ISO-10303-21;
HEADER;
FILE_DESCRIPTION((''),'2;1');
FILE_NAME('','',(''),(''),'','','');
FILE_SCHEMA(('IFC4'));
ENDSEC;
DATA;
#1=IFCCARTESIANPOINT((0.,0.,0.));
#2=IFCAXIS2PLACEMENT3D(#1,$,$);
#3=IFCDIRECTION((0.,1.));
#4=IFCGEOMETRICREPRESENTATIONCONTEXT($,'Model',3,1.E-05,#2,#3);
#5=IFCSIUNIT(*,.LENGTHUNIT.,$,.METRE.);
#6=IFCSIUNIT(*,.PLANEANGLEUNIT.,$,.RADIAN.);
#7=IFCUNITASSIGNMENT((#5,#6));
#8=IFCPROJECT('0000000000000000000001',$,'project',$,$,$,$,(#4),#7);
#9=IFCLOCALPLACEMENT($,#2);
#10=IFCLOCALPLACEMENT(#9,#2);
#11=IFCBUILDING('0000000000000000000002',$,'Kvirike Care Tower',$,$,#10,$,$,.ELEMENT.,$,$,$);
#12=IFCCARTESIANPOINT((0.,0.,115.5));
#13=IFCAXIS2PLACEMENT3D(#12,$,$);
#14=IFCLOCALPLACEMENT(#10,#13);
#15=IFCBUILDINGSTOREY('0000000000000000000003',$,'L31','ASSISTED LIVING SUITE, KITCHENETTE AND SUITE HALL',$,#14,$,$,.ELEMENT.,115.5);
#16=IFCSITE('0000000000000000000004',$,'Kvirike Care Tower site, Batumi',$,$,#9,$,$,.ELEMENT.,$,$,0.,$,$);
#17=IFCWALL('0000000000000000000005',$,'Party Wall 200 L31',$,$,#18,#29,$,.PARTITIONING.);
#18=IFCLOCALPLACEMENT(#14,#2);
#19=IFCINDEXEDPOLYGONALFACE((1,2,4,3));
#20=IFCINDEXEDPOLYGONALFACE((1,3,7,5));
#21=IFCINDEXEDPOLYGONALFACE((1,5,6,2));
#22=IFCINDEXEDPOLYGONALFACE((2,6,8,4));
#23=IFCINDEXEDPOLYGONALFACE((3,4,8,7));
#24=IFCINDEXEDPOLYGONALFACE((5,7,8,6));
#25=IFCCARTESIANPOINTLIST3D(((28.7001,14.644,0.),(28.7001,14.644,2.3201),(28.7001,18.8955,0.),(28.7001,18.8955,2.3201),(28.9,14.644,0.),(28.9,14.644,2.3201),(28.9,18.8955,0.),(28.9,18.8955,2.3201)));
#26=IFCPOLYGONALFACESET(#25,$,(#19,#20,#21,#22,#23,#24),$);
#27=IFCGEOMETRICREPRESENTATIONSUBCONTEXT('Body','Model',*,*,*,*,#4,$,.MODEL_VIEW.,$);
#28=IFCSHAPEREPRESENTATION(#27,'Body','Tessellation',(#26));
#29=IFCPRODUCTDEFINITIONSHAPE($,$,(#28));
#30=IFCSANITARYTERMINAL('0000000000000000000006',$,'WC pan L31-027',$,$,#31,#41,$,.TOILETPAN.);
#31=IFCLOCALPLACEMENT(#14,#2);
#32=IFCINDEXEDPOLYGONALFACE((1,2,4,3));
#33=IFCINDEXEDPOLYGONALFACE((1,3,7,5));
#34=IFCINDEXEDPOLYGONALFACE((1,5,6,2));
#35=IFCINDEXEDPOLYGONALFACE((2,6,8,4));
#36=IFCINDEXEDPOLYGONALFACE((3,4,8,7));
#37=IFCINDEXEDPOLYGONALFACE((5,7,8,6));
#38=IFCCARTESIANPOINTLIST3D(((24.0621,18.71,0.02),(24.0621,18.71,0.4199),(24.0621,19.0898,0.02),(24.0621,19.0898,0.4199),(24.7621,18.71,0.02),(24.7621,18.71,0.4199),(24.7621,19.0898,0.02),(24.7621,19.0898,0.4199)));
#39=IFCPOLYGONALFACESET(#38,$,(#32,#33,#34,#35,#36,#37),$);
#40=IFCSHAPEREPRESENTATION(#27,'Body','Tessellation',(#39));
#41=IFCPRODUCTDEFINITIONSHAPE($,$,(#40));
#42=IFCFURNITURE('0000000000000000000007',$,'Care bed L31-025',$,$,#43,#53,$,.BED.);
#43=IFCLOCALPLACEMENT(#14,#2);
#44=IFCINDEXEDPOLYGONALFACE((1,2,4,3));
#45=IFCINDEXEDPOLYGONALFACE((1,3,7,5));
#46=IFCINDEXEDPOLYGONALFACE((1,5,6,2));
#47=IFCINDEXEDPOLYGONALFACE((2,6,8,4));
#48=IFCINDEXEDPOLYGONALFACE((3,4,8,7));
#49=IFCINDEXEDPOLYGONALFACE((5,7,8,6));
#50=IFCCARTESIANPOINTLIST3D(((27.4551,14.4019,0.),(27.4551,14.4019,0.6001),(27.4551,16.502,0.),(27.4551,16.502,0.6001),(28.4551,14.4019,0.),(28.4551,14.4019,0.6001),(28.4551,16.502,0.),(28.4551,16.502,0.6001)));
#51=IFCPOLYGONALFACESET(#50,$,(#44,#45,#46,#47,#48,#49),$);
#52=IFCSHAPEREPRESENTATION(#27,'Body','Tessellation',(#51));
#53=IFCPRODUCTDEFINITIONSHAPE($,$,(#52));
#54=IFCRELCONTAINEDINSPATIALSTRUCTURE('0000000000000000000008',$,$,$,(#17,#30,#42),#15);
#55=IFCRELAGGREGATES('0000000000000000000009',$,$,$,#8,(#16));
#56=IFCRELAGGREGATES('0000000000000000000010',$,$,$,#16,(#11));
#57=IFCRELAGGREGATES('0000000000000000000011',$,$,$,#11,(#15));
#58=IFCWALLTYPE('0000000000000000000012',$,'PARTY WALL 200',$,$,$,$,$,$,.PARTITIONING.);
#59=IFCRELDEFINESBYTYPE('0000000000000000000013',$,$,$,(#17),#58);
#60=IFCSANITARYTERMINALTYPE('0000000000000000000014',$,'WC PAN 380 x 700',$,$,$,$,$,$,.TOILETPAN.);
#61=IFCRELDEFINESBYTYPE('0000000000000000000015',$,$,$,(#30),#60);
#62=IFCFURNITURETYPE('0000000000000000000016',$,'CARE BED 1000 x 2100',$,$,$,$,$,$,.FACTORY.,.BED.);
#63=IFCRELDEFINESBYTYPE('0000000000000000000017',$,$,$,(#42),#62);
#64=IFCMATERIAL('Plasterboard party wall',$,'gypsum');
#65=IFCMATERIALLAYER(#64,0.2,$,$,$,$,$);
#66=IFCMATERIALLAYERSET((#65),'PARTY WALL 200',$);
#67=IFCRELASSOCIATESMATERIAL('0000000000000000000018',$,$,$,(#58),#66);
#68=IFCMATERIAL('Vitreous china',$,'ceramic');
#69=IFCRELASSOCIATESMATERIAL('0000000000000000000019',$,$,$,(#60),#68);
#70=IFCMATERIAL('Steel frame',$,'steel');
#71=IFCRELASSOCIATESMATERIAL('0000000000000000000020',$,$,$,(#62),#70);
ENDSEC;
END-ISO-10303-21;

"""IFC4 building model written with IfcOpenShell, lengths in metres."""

from ifc_helpers import new_model, si_unit, direction, frame, frame_2d, origin, origin_2d, place, context, subcontext, project, spatial, rectangle, extrude, material, layer, layer_set, type_object, element, save


model = new_model("IFC4")

# Units and contexts
model_context = context("Model", 3, precision=1e-05, world=origin(), true_north=direction((0.0, 1.0)))
body_context = subcontext(model_context, "Body", "Model", "MODEL_VIEW")
ifc_project = project(units=[si_unit("LENGTHUNIT", "METRE"), si_unit("PLANEANGLEUNIT", "RADIAN")], contexts=[model_context])

# Site, building, storey
site_placement = place(None, origin())
site = spatial("IfcSite", under=ifc_project, at=site_placement, Name="Kvirike Care Tower site, Batumi", CompositionType="ELEMENT", RefElevation=0.0)
building_placement = place(site_placement, origin())
building = spatial("IfcBuilding", under=site, at=building_placement, Name="Kvirike Care Tower", CompositionType="ELEMENT")
storey_placement = place(building_placement, frame((0.0, 0.0, 115.5)))
storey = spatial("IfcBuildingStorey", under=building, at=storey_placement, Name="L31", Description="ASSISTED LIVING SUITE, KITCHENETTE AND SUITE HALL", CompositionType="ELEMENT", Elevation=115.5)

# Wall
ifc_material_1 = material(Name="Plasterboard party wall", Category="gypsum")
ifc_layer_1 = layer(ifc_material_1, 0.2)
ifc_layer_set_1 = layer_set([ifc_layer_1], Name="PARTY WALL 200")
wall_type_1 = type_object("IfcWallType", Name="PARTY WALL 200", PredefinedType="PARTITIONING", material=ifc_layer_set_1)
wall_1_placement = place(storey_placement, frame((28.8, 14.644, 0.0), z_axis=(0.0, 0.0, 1.0), x_axis=(0.0, 1.0, 0.0)))
element("IfcWall", 1, at=wall_1_placement, inside=storey, type_object=wall_type_1, Name="Party Wall 200 L31", PredefinedType="PARTITIONING", context=body_context, shape_type="SweptSolid", body=[
    extrude(rectangle(XDim=4.2515, YDim=0.2, at=frame_2d((2.1257, 0.0))), origin(), (0.0, 0.0, 1.0), 2.3201),
])

# Sanitary terminal
ifc_material_2 = material(Name="Vitreous china", Category="ceramic")
sanitary_terminal_type = type_object("IfcSanitaryTerminalType", Name="WC PAN 380 x 700", PredefinedType="TOILETPAN", material=ifc_material_2)
sanitary_terminal_placement = place(storey_placement, frame((24.4121, 18.8999, 0.02), z_axis=(0.0, 0.0, 1.0), x_axis=(0.0, 1.0, 0.0)))
element("IfcSanitaryTerminal", 2, at=sanitary_terminal_placement, inside=storey, type_object=sanitary_terminal_type, Name="WC pan L31-027", PredefinedType="TOILETPAN", context=body_context, shape_type="SweptSolid", body=[
    extrude(rectangle(XDim=0.3799, YDim=0.7, at=origin_2d()), origin(), (0.0, 0.0, 1.0), 0.3999),
])

# Furniture
ifc_material_3 = material(Name="Steel frame", Category="steel")
furniture_type = type_object("IfcFurnitureType", Name="CARE BED 1000 x 2100", AssemblyPlace="FACTORY", PredefinedType="BED", material=ifc_material_3)
furniture_placement = place(storey_placement, frame((27.9551, 15.4519, 0.0), z_axis=(0.0, 0.0, 1.0), x_axis=(-1.0, 0.0, 0.0)))
element("IfcFurniture", 3, at=furniture_placement, inside=storey, type_object=furniture_type, Name="Care bed L31-025", PredefinedType="BED", context=body_context, shape_type="SweptSolid", body=[
    extrude(rectangle(XDim=1.0, YDim=2.1001, at=origin_2d()), origin(), (0.0, 0.0, 1.0), 0.6001),
])

save(model, "model.ifc")
